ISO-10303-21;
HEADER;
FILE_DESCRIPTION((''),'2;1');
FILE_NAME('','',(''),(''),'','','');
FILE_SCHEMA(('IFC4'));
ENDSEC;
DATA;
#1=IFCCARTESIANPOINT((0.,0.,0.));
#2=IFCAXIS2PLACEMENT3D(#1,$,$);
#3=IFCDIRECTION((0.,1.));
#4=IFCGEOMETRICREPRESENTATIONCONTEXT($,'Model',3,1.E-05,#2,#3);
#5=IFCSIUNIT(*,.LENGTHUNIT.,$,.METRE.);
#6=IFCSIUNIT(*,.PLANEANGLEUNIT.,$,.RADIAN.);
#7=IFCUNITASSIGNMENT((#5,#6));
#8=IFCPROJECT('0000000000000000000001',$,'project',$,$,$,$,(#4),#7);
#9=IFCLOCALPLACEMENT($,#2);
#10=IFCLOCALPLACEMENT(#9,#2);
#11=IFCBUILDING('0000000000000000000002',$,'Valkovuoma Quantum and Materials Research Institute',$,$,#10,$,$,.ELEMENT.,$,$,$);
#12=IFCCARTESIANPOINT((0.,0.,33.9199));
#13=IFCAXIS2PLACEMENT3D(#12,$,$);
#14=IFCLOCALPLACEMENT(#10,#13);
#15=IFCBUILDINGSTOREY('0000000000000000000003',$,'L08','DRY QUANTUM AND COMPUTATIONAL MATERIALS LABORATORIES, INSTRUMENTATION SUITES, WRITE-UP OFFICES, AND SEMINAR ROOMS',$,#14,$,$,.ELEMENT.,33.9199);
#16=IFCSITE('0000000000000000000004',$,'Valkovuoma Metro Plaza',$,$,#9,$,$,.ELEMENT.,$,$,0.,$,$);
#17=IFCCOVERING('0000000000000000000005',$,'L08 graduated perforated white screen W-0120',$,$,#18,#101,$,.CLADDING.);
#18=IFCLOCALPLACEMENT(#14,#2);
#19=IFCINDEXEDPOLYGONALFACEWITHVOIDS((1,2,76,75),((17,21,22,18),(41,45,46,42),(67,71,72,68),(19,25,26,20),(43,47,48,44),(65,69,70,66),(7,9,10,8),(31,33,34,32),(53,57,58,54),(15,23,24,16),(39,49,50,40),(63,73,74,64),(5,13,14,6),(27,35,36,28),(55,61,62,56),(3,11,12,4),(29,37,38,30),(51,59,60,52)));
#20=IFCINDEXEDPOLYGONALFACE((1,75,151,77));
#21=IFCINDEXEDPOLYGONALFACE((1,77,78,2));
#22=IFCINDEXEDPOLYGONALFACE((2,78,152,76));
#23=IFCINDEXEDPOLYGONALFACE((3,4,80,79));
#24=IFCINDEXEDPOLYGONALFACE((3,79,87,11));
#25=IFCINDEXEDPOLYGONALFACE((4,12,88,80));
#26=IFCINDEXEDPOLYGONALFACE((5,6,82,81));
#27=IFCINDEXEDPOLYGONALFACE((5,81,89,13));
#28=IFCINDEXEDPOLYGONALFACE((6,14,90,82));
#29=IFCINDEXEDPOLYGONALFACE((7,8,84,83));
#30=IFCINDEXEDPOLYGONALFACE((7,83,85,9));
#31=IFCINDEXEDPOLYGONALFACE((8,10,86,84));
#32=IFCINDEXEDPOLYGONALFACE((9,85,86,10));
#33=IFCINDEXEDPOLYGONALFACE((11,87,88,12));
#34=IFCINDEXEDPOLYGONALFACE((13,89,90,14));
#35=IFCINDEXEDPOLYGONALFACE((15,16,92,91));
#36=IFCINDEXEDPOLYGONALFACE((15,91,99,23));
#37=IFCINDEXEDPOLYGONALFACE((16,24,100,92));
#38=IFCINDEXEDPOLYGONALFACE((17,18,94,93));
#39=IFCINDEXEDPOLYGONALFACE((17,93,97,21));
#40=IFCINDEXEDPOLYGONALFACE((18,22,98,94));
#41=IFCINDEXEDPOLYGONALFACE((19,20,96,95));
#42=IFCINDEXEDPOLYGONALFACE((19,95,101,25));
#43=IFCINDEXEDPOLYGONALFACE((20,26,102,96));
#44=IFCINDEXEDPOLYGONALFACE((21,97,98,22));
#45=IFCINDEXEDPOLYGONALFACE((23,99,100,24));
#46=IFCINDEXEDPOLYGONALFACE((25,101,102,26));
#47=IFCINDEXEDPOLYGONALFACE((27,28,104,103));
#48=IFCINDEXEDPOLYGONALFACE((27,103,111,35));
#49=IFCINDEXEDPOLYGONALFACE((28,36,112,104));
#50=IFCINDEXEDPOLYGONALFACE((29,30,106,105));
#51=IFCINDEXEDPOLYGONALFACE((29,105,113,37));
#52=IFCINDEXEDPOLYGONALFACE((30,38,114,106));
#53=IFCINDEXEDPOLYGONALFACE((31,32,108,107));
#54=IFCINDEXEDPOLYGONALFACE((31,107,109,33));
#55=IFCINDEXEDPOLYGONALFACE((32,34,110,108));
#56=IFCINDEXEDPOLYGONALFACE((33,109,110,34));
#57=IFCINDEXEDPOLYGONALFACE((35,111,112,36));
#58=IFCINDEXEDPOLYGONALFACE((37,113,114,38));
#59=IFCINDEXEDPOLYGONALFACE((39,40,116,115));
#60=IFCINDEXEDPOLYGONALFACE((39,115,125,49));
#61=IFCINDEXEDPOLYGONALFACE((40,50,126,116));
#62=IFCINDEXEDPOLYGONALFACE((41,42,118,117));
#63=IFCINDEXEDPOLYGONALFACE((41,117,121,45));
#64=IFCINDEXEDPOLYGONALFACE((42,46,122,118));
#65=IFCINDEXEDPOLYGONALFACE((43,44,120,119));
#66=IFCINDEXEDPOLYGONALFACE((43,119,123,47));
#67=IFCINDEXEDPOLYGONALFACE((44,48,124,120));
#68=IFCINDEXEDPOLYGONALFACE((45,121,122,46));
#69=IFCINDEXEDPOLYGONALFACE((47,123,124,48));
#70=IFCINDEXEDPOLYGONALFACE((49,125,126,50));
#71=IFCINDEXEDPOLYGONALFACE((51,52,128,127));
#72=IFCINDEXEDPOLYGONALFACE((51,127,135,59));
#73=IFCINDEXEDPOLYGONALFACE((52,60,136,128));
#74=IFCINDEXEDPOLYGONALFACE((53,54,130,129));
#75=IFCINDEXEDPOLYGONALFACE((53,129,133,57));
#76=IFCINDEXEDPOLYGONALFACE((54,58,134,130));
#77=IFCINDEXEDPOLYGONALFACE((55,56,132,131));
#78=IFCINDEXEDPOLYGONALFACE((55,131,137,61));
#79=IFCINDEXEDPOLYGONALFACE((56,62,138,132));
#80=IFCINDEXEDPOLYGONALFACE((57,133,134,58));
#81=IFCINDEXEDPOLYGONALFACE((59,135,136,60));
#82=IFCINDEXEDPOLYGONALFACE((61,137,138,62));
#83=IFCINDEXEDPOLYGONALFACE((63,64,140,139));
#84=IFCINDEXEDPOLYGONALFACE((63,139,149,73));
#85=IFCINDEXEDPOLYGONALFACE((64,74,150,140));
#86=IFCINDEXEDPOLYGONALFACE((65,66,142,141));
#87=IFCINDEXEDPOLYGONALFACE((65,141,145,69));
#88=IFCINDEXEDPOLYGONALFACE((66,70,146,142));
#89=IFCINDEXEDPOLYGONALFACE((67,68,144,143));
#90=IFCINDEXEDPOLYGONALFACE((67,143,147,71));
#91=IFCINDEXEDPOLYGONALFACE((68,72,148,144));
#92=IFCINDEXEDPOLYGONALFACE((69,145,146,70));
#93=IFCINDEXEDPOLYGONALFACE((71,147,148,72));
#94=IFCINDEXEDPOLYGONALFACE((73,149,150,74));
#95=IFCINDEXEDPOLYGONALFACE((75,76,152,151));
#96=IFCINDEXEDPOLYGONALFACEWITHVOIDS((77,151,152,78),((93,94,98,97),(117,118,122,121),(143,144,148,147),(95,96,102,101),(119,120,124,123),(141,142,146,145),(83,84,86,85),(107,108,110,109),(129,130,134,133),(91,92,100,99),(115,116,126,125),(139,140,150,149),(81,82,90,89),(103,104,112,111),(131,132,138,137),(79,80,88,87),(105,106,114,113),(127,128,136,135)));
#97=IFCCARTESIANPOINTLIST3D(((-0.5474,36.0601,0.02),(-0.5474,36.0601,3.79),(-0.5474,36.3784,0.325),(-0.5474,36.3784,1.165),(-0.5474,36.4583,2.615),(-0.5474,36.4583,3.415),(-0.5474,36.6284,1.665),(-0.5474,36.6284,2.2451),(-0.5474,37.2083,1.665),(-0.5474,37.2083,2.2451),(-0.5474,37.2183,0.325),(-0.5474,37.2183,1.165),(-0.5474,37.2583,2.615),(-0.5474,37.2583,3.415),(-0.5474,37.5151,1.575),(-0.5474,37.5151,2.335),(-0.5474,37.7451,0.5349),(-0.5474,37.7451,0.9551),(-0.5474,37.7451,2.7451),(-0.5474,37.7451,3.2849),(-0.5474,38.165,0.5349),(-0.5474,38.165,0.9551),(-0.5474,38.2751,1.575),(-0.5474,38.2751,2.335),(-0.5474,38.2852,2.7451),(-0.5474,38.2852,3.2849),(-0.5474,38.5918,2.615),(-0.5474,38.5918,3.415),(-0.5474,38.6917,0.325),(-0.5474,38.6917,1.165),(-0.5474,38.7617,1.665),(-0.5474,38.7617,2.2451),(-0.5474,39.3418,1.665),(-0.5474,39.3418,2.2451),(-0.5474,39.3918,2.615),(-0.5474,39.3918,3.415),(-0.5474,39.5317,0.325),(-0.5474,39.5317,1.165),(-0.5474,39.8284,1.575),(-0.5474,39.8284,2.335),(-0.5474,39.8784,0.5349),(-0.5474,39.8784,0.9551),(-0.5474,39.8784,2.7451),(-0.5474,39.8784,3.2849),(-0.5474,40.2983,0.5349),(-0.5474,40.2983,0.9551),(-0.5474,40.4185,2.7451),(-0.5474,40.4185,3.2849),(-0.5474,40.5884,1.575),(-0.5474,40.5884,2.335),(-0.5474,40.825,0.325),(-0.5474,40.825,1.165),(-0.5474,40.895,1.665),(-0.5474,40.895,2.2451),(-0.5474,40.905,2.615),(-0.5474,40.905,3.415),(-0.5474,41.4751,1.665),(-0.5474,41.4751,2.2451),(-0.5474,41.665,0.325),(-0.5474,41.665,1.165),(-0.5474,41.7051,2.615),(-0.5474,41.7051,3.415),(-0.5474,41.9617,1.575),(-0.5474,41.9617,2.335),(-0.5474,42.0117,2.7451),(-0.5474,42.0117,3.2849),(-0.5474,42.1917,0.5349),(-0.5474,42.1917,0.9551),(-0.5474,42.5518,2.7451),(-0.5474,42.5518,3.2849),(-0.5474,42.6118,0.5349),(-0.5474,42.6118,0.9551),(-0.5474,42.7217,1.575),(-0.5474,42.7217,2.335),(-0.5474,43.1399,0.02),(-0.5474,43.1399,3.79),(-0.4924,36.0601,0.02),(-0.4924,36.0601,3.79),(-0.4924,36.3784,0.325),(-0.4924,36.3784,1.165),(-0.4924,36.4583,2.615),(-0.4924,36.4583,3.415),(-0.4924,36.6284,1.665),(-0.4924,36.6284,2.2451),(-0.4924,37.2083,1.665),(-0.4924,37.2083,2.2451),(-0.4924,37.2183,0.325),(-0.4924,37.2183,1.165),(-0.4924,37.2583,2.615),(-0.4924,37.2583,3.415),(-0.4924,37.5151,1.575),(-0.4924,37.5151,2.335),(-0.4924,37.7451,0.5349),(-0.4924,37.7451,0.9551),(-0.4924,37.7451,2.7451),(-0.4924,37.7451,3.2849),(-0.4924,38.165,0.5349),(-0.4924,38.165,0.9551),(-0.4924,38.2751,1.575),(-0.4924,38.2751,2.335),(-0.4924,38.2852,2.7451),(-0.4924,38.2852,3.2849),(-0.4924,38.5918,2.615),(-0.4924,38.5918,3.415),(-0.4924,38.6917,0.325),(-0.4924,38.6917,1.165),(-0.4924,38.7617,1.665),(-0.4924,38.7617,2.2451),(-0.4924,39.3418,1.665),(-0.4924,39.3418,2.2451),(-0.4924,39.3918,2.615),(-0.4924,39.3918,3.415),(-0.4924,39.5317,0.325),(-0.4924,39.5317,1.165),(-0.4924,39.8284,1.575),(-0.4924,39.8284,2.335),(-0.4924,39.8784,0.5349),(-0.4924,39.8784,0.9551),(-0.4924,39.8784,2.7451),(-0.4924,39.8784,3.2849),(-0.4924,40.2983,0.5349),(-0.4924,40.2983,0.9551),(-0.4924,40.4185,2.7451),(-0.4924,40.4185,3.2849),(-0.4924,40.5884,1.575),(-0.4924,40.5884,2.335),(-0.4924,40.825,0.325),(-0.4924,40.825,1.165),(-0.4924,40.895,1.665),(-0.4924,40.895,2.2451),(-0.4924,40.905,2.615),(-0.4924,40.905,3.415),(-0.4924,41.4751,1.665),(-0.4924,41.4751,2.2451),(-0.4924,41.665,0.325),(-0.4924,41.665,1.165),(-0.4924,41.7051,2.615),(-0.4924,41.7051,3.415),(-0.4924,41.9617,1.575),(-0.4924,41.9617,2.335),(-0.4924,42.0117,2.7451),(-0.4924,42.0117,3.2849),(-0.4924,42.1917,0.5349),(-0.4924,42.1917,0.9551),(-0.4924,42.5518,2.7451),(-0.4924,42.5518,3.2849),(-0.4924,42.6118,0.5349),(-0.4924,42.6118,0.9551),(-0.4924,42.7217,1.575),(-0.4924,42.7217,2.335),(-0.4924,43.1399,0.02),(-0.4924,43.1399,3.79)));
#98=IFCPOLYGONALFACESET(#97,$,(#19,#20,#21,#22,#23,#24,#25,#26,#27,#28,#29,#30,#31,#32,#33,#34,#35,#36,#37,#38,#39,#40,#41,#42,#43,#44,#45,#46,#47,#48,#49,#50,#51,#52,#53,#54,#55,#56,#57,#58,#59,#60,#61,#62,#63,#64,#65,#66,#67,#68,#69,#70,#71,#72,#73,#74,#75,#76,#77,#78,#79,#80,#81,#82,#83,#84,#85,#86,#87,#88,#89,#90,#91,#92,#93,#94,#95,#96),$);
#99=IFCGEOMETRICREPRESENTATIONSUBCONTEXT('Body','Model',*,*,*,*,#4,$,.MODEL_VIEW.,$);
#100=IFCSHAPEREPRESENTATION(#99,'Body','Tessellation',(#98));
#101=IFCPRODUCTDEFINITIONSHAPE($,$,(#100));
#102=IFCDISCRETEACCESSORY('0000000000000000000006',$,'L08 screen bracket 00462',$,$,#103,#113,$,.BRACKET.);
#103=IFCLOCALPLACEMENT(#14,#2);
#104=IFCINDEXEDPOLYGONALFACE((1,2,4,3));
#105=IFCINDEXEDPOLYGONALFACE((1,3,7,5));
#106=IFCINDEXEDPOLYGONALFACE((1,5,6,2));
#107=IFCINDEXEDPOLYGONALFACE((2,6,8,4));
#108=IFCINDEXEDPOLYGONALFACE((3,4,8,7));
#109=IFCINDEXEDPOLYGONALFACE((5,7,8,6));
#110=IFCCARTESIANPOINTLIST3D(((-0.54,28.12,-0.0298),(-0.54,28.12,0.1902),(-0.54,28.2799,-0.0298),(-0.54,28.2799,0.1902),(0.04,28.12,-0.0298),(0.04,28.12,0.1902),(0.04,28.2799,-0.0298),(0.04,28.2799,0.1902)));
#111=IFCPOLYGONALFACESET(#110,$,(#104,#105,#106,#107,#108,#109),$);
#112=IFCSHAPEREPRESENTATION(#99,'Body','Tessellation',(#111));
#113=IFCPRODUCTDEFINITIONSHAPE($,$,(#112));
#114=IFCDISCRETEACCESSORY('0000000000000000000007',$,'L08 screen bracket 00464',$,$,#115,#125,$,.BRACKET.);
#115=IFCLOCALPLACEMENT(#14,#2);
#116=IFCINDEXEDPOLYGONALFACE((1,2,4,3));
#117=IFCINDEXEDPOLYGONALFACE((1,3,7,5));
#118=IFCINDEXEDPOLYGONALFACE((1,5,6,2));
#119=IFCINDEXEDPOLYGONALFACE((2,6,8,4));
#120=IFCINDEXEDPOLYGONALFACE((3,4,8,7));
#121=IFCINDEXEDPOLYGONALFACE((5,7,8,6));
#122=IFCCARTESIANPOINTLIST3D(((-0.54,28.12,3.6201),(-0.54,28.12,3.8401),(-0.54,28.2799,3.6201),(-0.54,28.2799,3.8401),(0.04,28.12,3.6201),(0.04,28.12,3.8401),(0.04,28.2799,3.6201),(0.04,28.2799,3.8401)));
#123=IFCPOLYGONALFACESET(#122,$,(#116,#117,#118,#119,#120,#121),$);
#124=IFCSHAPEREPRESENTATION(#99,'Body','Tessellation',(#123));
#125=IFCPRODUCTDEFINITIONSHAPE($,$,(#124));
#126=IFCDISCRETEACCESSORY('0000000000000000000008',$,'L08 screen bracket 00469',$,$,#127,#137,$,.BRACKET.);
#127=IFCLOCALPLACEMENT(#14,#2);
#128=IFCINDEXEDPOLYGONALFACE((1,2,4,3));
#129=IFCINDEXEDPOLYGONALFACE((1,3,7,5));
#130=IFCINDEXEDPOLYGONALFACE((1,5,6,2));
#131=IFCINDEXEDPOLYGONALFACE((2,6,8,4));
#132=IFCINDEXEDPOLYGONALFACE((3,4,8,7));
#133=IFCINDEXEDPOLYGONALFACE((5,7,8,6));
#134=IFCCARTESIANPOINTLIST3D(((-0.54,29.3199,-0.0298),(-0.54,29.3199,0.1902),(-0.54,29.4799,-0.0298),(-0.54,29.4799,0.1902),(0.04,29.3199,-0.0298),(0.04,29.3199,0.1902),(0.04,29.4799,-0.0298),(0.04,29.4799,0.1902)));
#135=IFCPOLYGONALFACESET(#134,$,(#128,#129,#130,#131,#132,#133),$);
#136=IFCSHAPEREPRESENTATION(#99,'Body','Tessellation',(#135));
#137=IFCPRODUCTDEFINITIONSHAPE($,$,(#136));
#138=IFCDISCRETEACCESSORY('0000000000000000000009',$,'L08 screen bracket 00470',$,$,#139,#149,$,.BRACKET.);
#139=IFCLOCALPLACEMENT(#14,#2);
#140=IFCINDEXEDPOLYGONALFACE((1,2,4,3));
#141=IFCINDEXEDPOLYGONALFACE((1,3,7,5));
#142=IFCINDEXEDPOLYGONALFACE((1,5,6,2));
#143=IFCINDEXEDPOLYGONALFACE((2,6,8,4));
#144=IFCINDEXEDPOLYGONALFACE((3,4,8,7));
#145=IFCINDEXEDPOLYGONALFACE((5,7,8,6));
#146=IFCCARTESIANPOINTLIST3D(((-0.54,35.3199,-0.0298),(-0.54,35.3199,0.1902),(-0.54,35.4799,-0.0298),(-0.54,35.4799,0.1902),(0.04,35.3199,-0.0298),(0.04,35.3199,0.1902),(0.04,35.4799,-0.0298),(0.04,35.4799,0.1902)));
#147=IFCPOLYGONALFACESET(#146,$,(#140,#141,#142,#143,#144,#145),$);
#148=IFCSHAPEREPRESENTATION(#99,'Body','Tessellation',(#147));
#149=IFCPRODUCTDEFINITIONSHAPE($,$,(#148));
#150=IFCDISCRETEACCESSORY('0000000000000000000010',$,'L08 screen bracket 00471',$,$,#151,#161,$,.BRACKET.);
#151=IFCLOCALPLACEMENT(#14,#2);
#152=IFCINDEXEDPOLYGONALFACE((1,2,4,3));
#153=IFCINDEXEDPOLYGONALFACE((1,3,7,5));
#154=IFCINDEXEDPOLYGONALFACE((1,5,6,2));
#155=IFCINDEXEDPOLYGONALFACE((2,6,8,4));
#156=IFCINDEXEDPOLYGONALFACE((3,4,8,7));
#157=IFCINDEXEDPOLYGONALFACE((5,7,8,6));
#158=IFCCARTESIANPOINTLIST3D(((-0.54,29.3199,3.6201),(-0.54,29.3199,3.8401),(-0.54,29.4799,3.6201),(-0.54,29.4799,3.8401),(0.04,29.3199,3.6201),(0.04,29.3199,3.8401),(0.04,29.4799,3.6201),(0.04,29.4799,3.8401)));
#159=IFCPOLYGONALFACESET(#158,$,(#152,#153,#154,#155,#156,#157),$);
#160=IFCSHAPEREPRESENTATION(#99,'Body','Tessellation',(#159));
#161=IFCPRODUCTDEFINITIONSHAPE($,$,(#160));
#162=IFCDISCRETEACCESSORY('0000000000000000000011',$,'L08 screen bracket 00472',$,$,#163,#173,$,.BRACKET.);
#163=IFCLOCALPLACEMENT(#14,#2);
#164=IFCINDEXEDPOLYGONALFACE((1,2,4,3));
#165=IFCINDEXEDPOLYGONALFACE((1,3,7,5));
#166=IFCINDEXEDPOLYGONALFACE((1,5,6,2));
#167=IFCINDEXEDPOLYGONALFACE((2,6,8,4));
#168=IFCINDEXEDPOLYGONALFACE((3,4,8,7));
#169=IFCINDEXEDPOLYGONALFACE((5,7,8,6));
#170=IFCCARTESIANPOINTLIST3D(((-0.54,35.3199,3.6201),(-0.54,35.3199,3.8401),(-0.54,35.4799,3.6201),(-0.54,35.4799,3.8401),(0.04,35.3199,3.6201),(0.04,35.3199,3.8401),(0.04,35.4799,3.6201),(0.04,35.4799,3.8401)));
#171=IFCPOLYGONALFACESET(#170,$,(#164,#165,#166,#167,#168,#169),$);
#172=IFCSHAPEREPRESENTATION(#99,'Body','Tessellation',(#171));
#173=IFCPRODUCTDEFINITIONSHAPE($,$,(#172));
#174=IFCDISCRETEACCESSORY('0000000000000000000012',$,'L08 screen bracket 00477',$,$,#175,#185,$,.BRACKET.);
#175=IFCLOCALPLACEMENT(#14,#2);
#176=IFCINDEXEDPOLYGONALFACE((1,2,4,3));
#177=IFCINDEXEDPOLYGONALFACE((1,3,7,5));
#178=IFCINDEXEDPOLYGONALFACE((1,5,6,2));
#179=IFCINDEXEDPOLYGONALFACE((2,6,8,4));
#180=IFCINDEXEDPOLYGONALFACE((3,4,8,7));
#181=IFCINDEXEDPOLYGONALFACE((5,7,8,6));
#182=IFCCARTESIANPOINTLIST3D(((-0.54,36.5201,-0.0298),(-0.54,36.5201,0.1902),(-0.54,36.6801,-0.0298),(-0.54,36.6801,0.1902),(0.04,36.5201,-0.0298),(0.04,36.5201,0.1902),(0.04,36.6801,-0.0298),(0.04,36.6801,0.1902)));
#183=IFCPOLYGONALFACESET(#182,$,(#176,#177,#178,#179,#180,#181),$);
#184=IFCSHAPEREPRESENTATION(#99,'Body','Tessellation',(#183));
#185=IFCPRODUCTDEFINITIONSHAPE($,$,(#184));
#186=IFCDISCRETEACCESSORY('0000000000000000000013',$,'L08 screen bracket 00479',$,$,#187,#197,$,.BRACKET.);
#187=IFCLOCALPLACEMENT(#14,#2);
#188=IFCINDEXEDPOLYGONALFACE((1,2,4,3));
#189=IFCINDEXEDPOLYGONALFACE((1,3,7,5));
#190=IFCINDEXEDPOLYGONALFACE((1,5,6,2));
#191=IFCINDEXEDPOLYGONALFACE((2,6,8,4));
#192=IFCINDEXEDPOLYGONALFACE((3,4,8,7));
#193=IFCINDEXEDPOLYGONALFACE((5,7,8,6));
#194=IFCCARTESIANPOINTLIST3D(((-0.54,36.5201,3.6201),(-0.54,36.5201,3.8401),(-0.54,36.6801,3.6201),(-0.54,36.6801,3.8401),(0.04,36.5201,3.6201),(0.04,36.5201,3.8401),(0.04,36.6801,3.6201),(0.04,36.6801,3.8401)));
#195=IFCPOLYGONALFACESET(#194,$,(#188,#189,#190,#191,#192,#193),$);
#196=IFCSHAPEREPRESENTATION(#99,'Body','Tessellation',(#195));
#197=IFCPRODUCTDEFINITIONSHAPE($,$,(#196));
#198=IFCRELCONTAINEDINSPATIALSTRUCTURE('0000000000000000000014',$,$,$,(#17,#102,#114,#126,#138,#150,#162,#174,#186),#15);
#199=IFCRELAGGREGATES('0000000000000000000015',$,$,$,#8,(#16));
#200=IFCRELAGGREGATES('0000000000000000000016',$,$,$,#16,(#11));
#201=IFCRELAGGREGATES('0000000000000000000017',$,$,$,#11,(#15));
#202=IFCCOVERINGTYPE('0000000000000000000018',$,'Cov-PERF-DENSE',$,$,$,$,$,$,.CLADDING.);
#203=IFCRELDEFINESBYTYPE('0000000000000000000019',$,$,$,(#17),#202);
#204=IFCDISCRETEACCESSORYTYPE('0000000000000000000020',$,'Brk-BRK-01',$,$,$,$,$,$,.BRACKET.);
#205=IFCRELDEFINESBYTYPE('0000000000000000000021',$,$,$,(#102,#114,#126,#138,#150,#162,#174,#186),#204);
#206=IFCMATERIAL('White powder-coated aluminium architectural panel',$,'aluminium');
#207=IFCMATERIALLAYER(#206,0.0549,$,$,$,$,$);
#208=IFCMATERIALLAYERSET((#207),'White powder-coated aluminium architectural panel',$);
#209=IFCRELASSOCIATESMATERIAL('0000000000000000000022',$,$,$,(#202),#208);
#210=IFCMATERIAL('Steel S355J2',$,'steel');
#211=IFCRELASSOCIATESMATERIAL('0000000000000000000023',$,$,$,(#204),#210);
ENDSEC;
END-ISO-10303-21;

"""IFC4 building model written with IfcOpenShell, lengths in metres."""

from ifc_helpers import new_model, si_unit, direction, frame, origin, origin_2d, place, context, subcontext, project, spatial, polyline, rectangle, outline, extrude, material, layer, layer_set, type_object, element, save


model = new_model("IFC4")

# Units and contexts
model_context = context("Model", 3, precision=1e-05, world=origin(), true_north=direction((0.0, 1.0)))
body_context = subcontext(model_context, "Body", "Model", "MODEL_VIEW")
ifc_project = project(units=[si_unit("LENGTHUNIT", "METRE"), si_unit("PLANEANGLEUNIT", "RADIAN")], contexts=[model_context])

# Site, building, storey
site_placement = place(None, origin())
site = spatial("IfcSite", under=ifc_project, at=site_placement, Name="Valkovuoma Metro Plaza", CompositionType="ELEMENT", RefElevation=0.0)
building_placement = place(site_placement, origin())
building = spatial("IfcBuilding", under=site, at=building_placement, Name="Valkovuoma Quantum and Materials Research Institute", CompositionType="ELEMENT")
storey_placement = place(building_placement, frame((0.0, 0.0, 33.9199)))
storey = spatial("IfcBuildingStorey", under=building, at=storey_placement, Name="L08", Description="DRY QUANTUM AND COMPUTATIONAL MATERIALS LABORATORIES, INSTRUMENTATION SUITES, WRITE-UP OFFICES, AND SEMINAR ROOMS", CompositionType="ELEMENT", Elevation=33.9199)

# Covering
ifc_material_1 = material(Name="White powder-coated aluminium architectural panel", Category="aluminium")
ifc_layer_1 = layer(ifc_material_1, 0.0549)
ifc_layer_set_1 = layer_set([ifc_layer_1], Name="White powder-coated aluminium architectural panel")
covering_type = type_object("IfcCoveringType", Name="Cov-PERF-DENSE", PredefinedType="CLADDING", material=ifc_layer_set_1)
covering_1_placement = place(storey_placement, frame((-0.52, 36.0601, 0.02), z_axis=(0.0, 0.0, 1.0), x_axis=(0.0, 1.0, 0.0)))
element("IfcCovering", 1, at=covering_1_placement, inside=storey, type_object=covering_type, Name="L08 graduated perforated white screen W-0120", PredefinedType="CLADDING", context=body_context, shape_type="SweptSolid", body=[
    extrude(outline(polyline([(0.0, 0.0), (7.0798, 0.0), (7.0798, 3.77), (0.0, 3.77), (0.0, 0.0)]), holes=[polyline([(0.3184, 0.3049), (0.3184, 1.145), (1.1582, 1.145), (1.1582, 0.3049), (0.3184, 0.3049)]), polyline([(0.5684, 1.645), (0.5684, 2.2251), (1.1482, 2.2251), (1.1482, 1.645), (0.5684, 1.645)]), polyline([(0.3982, 2.595), (0.3982, 3.395), (1.1982, 3.395), (1.1982, 2.595), (0.3982, 2.595)]), polyline([(1.6851, 0.5149), (1.6851, 0.9351), (2.105, 0.9351), (2.105, 0.5149), (1.6851, 0.5149)]), polyline([(1.4551, 1.5549), (1.4551, 2.3149), (2.2151, 2.3149), (2.2151, 1.5549), (1.4551, 1.5549)]), polyline([(1.6851, 2.7251), (1.6851, 3.2649), (2.2251, 3.2649), (2.2251, 2.7251), (1.6851, 2.7251)]), polyline([(2.6316, 0.3049), (2.6316, 1.145), (3.4717, 1.145), (3.4717, 0.3049), (2.6316, 0.3049)]), polyline([(2.7017, 1.645), (2.7017, 2.2251), (3.2817, 2.2251), (3.2817, 1.645), (2.7017, 1.645)]), polyline([(2.5317, 2.595), (2.5317, 3.395), (3.3318, 3.395), (3.3318, 2.595), (2.5317, 2.595)]), polyline([(3.8184, 0.5149), (3.8184, 0.9351), (4.2383, 0.9351), (4.2383, 0.5149), (3.8184, 0.5149)]), polyline([(3.7683, 1.5549), (3.7683, 2.3149), (4.5283, 2.3149), (4.5283, 1.5549), (3.7683, 1.5549)]), polyline([(3.8184, 2.7251), (3.8184, 3.2649), (4.3584, 3.2649), (4.3584, 2.7251), (3.8184, 2.7251)]), polyline([(4.7649, 0.3049), (4.7649, 1.145), (5.605, 1.145), (5.605, 0.3049), (4.7649, 0.3049)]), polyline([(4.835, 1.645), (4.835, 2.2251), (5.415, 2.2251), (5.415, 1.645), (4.835, 1.645)]), polyline([(4.845, 2.595), (4.845, 3.395), (5.645, 3.395), (5.645, 2.595), (4.845, 2.595)]), polyline([(6.1316, 0.5149), (6.1316, 0.9351), (6.5518, 0.9351), (6.5518, 0.5149), (6.1316, 0.5149)]), polyline([(5.9016, 1.5549), (5.9016, 2.3149), (6.6616, 2.3149), (6.6616, 1.5549), (5.9016, 1.5549)]), polyline([(5.9517, 2.7251), (5.9517, 3.2649), (6.4917, 3.2649), (6.4917, 2.7251), (5.9517, 2.7251)])]), frame((0.0, 0.0273, 0.0), z_axis=(0.0, -1.0, 0.0), x_axis=(1.0, 0.0, 0.0)), (0.0, 0.0, 1.0), 0.0549),
])

# Discrete accessories
ifc_material_2 = material(Name="Steel S355J2", Category="steel")
discrete_accessory_type_1 = type_object("IfcDiscreteAccessoryType", Name="Brk-BRK-01", PredefinedType="BRACKET", material=ifc_material_2)
for number, where, z_axis, x_axis, name in (
    (2, (-0.25, 28.2, -0.0298), (0.0, 0.0, 1.0), (1.0, 0.0, 0.0), "L08 screen bracket 00462"),
    (3, (-0.25, 28.2, 3.6201), (0.0, 0.0, 1.0), (1.0, 0.0, 0.0), "L08 screen bracket 00464"),
    (4, (-0.25, 29.3999, -0.0298), (0.0, 0.0, 1.0), (1.0, 0.0, 0.0), "L08 screen bracket 00469"),
    (5, (-0.25, 35.3999, -0.0298), (0.0, 0.0, 1.0), (1.0, 0.0, 0.0), "L08 screen bracket 00470"),
    (6, (-0.25, 29.3999, 3.6201), (0.0, 0.0, 1.0), (1.0, 0.0, 0.0), "L08 screen bracket 00471"),
    (7, (-0.25, 35.3999, 3.6201), (0.0, 0.0, 1.0), (1.0, 0.0, 0.0), "L08 screen bracket 00472"),
    (8, (-0.25, 36.6001, -0.0298), (0.0, 0.0, 1.0), (1.0, 0.0, 0.0), "L08 screen bracket 00477"),
    (9, (-0.25, 36.6001, 3.6201), (0.0, 0.0, 1.0), (1.0, 0.0, 0.0), "L08 screen bracket 00479"),
):
    element("IfcDiscreteAccessory", number, at=place(storey_placement, frame(where, z_axis=z_axis, x_axis=x_axis)), inside=storey, type_object=discrete_accessory_type_1, Name=name, PredefinedType="BRACKET", context=body_context, shape_type="SweptSolid", body=[
        extrude(rectangle(XDim=0.5801, YDim=0.1599, at=origin_2d()), origin(), (0.0, 0.0, 1.0), 0.22),
    ])

save(model, "model.ifc")
